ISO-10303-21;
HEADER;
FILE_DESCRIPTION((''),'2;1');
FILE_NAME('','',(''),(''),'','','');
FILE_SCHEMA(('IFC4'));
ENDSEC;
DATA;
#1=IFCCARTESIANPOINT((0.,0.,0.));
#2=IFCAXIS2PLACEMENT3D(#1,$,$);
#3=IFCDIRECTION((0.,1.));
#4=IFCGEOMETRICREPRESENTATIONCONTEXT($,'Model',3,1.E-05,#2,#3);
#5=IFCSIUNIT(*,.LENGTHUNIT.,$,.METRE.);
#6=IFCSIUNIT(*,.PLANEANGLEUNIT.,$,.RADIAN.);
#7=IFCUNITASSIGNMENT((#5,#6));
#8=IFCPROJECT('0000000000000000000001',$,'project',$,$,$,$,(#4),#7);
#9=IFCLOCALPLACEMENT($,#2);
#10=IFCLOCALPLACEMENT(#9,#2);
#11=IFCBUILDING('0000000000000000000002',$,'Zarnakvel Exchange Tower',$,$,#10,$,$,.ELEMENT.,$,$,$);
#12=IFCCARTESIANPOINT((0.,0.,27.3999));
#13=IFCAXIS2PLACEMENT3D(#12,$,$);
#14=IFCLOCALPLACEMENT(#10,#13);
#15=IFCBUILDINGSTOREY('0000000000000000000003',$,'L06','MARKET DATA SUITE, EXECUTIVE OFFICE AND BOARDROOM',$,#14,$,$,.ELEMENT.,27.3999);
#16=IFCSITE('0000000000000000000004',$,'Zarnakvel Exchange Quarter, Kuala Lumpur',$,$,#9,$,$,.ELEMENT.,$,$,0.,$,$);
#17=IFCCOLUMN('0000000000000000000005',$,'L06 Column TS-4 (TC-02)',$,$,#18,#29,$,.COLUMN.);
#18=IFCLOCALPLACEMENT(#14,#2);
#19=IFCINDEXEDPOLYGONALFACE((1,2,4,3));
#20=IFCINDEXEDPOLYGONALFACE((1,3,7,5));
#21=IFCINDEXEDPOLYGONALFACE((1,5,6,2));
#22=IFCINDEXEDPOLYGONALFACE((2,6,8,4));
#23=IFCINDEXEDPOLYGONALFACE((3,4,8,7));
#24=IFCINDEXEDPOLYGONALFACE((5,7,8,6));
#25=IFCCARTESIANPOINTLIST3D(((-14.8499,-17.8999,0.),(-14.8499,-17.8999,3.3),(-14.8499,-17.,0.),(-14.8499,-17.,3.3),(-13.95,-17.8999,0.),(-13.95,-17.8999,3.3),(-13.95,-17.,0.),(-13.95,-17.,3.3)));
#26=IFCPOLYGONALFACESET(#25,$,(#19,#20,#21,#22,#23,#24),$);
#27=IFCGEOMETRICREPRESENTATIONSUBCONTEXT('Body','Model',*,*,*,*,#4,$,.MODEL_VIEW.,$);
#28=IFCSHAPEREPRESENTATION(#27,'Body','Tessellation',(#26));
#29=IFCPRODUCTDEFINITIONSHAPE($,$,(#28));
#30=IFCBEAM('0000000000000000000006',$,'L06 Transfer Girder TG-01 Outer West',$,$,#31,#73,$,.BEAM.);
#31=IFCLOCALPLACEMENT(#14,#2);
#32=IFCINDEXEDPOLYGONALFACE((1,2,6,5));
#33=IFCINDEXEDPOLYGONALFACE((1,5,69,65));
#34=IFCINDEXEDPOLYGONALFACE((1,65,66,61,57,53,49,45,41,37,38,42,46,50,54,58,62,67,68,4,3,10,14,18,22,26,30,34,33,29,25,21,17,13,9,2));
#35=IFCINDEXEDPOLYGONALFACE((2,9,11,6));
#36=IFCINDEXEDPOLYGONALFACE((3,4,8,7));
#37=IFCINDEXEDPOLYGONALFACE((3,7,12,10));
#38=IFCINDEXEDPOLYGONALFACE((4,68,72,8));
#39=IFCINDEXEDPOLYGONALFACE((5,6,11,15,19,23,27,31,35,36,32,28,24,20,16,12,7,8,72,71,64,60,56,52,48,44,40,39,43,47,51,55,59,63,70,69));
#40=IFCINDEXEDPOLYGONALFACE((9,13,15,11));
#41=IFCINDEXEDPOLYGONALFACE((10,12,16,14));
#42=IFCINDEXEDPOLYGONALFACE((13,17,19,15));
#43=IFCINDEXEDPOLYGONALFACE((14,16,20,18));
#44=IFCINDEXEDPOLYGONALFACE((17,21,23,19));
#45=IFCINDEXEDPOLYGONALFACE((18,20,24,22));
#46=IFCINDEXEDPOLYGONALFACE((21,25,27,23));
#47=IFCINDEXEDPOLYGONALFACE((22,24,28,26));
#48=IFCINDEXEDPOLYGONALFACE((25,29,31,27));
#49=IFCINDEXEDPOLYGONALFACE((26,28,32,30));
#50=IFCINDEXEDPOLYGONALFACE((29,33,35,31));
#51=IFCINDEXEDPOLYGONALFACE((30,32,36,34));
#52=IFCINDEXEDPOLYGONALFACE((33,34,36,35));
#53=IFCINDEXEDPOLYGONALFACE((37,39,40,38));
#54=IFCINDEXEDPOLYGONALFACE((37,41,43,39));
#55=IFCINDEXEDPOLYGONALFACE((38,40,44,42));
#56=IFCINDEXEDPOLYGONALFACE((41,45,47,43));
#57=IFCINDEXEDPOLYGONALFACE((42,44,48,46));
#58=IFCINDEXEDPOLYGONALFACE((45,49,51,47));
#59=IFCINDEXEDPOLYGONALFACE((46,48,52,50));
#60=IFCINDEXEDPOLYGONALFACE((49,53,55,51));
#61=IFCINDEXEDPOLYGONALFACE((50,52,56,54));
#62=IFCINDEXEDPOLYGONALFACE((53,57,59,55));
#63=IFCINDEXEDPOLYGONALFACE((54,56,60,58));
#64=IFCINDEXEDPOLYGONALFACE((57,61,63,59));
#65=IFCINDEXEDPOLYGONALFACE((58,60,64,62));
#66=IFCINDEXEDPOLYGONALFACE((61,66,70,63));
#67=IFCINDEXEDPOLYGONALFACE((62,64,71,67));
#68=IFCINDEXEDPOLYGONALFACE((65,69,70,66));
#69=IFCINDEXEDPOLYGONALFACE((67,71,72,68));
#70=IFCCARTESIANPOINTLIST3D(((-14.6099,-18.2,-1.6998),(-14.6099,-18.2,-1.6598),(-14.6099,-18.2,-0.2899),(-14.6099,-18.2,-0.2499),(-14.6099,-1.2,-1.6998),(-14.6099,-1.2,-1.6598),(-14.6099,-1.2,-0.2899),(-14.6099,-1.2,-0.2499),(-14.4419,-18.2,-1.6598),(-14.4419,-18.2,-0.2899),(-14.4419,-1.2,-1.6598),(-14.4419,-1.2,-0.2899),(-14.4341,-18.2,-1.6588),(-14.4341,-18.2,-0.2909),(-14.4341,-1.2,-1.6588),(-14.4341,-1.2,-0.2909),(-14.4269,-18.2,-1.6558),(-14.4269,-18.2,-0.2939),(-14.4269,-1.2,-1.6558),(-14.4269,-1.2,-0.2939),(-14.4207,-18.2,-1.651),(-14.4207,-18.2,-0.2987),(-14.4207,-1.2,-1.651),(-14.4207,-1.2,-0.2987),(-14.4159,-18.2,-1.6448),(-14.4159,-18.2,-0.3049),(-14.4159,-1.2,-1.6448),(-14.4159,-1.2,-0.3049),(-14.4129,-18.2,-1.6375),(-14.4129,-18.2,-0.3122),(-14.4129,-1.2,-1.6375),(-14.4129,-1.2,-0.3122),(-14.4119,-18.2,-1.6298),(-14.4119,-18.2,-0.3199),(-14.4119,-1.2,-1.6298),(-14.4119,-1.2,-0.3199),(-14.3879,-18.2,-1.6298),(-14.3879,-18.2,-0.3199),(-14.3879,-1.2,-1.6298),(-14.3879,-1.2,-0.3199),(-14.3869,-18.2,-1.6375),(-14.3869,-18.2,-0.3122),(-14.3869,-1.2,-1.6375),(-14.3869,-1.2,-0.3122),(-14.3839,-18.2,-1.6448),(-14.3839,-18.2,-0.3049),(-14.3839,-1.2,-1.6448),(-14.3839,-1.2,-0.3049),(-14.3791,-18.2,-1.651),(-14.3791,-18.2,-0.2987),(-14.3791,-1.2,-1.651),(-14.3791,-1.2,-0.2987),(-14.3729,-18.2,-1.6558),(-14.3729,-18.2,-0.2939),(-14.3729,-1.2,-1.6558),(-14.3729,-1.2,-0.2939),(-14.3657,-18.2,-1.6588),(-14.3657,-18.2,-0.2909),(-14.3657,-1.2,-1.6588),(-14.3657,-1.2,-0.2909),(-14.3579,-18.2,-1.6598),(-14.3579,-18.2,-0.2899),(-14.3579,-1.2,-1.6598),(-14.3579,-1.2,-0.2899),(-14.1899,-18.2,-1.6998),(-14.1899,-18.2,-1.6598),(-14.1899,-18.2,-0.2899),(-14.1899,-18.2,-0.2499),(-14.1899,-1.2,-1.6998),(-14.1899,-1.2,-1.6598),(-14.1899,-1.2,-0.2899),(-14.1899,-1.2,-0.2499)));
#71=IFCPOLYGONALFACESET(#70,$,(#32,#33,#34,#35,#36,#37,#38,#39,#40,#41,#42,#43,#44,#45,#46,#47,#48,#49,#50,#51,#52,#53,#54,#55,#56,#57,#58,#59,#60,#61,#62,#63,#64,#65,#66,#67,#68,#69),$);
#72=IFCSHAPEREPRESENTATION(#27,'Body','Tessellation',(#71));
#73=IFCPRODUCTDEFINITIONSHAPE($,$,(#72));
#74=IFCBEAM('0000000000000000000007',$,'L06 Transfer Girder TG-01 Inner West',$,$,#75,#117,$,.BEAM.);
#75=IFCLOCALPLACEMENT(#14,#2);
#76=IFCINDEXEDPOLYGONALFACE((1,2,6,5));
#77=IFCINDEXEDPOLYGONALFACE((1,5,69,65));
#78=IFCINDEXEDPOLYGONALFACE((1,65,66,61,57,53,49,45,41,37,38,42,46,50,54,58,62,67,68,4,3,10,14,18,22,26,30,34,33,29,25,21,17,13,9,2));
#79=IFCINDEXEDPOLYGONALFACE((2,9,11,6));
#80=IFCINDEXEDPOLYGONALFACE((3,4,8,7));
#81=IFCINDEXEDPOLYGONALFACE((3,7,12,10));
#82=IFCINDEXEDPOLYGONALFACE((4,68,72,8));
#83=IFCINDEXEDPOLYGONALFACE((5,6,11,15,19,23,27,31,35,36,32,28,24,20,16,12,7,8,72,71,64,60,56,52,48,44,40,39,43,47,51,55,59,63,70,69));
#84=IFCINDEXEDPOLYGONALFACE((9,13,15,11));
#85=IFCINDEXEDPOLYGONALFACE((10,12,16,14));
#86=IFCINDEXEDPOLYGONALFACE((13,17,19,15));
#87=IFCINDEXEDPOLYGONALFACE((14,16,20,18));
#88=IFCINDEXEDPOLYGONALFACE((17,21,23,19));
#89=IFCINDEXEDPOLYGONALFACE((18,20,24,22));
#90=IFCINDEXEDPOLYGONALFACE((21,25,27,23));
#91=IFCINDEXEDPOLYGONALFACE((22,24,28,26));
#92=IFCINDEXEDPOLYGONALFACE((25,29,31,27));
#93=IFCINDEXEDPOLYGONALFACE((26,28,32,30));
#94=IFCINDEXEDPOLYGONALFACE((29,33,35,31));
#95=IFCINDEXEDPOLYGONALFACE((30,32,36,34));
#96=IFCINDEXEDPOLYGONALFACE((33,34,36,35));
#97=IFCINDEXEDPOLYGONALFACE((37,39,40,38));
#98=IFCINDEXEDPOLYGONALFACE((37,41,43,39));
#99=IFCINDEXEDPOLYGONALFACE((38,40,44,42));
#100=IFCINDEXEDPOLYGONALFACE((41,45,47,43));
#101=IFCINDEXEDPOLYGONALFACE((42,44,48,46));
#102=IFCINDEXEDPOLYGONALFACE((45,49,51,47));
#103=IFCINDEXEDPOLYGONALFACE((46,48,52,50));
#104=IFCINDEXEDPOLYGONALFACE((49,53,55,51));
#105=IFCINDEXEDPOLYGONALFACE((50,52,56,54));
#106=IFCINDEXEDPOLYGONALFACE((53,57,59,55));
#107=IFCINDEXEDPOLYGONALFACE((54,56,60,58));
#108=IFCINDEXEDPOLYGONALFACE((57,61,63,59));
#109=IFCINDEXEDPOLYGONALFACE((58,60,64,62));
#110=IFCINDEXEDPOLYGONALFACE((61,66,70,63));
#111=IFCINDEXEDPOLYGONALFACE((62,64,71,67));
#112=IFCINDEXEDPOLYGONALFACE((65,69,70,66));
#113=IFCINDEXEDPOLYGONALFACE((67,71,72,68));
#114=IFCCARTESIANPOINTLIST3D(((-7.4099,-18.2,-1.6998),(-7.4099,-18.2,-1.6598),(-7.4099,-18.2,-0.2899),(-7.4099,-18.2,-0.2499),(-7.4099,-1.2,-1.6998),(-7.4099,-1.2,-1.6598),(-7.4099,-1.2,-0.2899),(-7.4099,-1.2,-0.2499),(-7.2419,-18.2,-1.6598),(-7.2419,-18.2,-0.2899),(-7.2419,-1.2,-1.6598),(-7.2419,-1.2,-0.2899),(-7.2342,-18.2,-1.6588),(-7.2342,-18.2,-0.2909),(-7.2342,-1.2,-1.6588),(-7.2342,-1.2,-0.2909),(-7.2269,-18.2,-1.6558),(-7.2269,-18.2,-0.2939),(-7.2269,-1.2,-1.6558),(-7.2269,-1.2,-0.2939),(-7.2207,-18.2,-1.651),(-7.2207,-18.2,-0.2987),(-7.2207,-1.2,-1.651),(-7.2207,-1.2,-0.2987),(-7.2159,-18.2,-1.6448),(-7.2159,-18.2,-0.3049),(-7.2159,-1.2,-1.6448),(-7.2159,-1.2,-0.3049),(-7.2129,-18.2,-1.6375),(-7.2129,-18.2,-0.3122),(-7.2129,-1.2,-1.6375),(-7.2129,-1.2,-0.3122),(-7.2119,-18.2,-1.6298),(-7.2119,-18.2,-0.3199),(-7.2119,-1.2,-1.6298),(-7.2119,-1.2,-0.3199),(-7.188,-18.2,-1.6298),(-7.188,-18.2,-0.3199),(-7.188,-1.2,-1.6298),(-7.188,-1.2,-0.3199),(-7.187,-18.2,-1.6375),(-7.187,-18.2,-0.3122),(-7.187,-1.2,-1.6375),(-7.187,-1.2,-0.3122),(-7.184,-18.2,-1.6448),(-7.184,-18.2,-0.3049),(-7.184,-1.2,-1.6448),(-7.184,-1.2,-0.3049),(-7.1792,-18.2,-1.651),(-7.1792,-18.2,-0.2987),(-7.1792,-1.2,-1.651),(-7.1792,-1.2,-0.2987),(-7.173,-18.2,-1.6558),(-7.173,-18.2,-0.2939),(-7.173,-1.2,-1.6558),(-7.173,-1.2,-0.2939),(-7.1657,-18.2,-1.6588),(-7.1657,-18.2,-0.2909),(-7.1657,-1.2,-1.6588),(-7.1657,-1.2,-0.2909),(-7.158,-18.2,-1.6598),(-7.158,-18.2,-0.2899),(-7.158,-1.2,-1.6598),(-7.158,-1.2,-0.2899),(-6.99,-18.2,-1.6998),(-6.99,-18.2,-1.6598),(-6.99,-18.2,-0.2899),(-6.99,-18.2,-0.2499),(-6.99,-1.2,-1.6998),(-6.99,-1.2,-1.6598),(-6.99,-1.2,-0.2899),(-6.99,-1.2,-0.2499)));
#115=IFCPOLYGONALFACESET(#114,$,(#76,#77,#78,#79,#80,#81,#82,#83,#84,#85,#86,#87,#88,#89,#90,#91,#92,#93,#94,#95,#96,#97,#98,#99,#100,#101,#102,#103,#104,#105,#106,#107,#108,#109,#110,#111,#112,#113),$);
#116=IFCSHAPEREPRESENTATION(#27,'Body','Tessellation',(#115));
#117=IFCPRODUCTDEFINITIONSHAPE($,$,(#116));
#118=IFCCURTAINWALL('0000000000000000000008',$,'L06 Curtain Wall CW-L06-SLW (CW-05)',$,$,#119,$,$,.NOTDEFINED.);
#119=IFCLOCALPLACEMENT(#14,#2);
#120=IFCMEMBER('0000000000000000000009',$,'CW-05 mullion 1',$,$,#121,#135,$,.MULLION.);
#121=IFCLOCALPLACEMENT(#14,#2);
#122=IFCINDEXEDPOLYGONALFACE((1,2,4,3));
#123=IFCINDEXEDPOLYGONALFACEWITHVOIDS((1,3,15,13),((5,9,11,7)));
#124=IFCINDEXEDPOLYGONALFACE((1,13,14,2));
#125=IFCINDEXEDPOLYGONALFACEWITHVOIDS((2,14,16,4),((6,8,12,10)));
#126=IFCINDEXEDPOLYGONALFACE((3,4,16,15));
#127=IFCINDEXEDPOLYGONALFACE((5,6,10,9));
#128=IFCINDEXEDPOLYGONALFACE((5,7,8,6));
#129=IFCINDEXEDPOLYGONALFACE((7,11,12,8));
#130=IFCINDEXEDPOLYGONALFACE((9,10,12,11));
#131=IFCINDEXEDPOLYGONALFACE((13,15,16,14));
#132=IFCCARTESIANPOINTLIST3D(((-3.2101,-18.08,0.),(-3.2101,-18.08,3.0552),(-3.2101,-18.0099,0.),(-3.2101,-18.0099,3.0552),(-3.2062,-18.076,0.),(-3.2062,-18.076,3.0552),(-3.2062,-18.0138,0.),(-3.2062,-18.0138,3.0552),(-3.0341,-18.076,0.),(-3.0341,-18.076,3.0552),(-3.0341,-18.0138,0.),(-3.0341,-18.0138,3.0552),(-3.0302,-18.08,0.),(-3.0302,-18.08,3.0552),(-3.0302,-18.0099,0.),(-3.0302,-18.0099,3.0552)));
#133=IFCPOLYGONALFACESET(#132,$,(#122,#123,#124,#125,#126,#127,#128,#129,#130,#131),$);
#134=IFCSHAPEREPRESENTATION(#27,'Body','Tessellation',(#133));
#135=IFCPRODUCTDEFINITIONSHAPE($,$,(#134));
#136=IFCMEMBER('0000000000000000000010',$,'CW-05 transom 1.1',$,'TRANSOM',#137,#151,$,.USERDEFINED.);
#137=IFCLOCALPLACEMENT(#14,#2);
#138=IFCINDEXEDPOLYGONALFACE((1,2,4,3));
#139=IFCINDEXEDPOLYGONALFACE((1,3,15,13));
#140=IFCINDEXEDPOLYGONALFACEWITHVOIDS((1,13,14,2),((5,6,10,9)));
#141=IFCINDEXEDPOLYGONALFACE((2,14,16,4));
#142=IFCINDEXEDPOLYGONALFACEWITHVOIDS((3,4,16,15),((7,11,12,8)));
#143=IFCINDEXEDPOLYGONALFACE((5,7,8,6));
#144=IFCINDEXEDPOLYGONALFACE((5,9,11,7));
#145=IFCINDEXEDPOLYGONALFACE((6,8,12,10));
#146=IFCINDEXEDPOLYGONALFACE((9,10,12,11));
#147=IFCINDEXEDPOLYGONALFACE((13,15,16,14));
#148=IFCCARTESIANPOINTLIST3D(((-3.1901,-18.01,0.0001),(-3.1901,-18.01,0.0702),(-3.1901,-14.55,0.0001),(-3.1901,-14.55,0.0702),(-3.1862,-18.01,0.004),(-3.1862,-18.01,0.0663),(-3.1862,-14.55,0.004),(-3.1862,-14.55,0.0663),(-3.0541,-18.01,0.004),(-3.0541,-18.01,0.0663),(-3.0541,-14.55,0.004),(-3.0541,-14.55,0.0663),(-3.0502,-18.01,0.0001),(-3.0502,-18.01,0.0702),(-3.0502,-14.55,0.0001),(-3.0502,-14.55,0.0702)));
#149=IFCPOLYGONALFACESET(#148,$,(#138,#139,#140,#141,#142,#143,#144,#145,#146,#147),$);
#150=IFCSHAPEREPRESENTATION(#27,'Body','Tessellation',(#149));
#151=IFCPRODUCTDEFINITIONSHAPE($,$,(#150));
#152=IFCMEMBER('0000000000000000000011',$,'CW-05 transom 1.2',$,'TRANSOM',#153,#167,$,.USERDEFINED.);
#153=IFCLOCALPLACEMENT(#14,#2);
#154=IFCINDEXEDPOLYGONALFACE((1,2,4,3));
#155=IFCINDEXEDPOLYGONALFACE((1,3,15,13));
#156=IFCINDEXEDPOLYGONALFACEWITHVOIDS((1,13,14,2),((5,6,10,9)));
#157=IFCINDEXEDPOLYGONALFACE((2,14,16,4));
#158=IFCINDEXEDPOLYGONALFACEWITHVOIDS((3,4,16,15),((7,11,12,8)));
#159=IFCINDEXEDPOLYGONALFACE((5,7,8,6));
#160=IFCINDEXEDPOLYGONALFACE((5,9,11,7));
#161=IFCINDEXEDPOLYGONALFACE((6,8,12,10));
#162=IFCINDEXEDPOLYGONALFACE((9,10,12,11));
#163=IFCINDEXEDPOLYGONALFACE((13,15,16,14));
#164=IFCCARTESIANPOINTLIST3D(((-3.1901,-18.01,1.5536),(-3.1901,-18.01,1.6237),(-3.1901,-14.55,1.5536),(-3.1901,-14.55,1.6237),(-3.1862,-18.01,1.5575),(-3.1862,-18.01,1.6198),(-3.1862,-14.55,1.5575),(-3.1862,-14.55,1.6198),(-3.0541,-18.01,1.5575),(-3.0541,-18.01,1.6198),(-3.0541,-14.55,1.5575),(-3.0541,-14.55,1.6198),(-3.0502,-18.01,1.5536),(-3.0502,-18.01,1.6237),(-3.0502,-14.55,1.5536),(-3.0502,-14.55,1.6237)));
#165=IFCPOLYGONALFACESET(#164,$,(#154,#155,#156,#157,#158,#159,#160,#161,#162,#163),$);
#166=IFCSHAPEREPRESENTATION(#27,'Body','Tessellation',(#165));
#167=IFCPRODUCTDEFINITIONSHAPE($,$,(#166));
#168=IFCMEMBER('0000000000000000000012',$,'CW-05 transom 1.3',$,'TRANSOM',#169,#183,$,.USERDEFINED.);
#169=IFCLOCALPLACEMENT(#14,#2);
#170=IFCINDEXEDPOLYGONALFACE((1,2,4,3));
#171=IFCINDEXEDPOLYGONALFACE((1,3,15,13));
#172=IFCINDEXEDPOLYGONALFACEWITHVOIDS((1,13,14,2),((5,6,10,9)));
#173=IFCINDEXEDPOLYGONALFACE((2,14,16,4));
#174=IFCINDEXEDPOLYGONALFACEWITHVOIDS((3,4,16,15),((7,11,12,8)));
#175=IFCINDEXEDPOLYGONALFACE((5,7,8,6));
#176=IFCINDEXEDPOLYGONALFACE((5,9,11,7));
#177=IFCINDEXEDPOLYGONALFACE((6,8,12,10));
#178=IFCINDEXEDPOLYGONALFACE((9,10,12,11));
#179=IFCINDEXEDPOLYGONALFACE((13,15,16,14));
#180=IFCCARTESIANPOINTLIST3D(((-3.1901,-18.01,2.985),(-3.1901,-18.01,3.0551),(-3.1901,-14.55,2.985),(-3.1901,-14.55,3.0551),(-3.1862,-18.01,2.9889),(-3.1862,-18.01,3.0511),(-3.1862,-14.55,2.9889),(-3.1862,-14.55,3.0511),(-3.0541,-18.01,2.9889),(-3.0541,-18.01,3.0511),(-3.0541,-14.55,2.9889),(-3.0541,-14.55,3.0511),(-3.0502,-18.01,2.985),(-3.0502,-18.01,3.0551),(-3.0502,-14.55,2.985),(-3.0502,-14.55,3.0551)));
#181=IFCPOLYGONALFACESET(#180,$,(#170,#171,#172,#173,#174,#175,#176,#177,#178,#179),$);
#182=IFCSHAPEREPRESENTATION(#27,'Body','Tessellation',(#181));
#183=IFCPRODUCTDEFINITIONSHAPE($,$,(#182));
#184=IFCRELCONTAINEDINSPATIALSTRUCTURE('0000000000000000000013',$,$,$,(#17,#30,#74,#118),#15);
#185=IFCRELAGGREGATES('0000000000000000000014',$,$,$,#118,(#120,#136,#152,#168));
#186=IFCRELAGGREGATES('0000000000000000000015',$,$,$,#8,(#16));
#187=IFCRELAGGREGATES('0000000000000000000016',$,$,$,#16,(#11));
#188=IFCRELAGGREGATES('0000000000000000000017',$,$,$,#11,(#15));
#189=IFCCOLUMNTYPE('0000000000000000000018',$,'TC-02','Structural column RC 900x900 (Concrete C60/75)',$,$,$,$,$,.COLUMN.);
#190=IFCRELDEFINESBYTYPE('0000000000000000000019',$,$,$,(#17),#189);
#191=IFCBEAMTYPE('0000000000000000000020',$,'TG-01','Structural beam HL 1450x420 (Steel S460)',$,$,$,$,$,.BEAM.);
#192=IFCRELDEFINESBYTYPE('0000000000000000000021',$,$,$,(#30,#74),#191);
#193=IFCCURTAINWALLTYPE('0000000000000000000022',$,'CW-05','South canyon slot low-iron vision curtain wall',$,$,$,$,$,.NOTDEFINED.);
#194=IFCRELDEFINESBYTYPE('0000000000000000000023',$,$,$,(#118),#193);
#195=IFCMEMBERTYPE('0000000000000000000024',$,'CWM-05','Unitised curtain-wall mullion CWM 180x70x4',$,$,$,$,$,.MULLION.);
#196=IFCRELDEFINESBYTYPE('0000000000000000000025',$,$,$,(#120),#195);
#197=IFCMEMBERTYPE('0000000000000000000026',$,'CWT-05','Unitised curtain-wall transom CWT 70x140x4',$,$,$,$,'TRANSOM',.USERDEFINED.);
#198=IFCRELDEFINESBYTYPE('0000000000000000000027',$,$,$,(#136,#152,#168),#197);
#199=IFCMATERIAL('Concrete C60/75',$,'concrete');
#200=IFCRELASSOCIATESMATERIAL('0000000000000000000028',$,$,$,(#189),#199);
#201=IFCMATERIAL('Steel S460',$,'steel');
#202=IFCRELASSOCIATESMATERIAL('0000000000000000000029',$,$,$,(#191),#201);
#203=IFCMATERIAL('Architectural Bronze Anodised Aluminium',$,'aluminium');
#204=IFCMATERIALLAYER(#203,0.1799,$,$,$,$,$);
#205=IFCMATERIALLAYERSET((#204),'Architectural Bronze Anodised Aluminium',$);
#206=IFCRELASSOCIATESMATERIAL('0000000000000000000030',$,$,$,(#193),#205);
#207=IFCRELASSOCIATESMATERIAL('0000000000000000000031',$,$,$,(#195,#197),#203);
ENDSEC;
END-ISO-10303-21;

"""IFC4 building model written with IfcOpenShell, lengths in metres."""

from ifc_helpers import new_model, si_unit, direction, frame, origin, origin_2d, place, context, subcontext, project, spatial, rectangle, hollow_rectangle, i_section, extrude, source, transform, mapped, material, layer, layer_set, material_profile, profile_set, type_object, element, aggregate, save


model = new_model("IFC4")

# Units and contexts
model_context = context("Model", 3, precision=1e-05, world=origin(), true_north=direction((0.0, 1.0)))
body_context = subcontext(model_context, "Body", "Model", "MODEL_VIEW")
ifc_project = project(units=[si_unit("LENGTHUNIT", "METRE"), si_unit("PLANEANGLEUNIT", "RADIAN")], contexts=[model_context])

# Site, building, storey
site_placement = place(None, origin())
site = spatial("IfcSite", under=ifc_project, at=site_placement, Name="Zarnakvel Exchange Quarter, Kuala Lumpur", CompositionType="ELEMENT", RefElevation=0.0)
building_placement = place(site_placement, origin())
building = spatial("IfcBuilding", under=site, at=building_placement, Name="Zarnakvel Exchange Tower", CompositionType="ELEMENT")
storey_placement = place(building_placement, frame((0.0, 0.0, 27.3999)))
storey = spatial("IfcBuildingStorey", under=building, at=storey_placement, Name="L06", Description="MARKET DATA SUITE, EXECUTIVE OFFICE AND BOARDROOM", CompositionType="ELEMENT", Elevation=27.3999)

# Column
ifc_material_1 = material(Name="Concrete C60/75", Category="concrete")
ifc_material_profile_1 = material_profile(ifc_material_1, rectangle(XDim=0.8999, YDim=0.8999, at=origin_2d()))
ifc_profile_set_1 = profile_set([ifc_material_profile_1], Name="Concrete C60/75")
column_type = type_object("IfcColumnType", Name="TC-02", Description="Structural column RC 900x900 (Concrete C60/75)", PredefinedType="COLUMN", material=ifc_profile_set_1)
column_placement = place(storey_placement, frame((-14.3999, -17.45, 0.0), z_axis=(0.0, 0.0, 1.0), x_axis=(1.0, 0.0, 0.0)))
element("IfcColumn", 1, at=column_placement, inside=storey, type_object=column_type, Name="L06 Column TS-4 (TC-02)", PredefinedType="COLUMN", context=body_context, shape_type="SweptSolid", body=[
    extrude(rectangle(XDim=0.8999, YDim=0.8999, at=origin_2d()), origin(), (0.0, 0.0, 1.0), 3.3),
])

# Beams
ifc_material_2 = material(Name="Steel S460", Category="steel")
ifc_material_profile_2 = material_profile(ifc_material_2, i_section(OverallWidth=0.4199, OverallDepth=1.45, WebThickness=0.0239, FlangeThickness=0.04, FilletRadius=0.03, at=origin_2d()))
ifc_profile_set_2 = profile_set([ifc_material_profile_2], Name="Steel S460")
beam_type = type_object("IfcBeamType", Name="TG-01", Description="Structural beam HL 1450x420 (Steel S460)", PredefinedType="BEAM", material=ifc_profile_set_2)
for number, where, z_axis, x_axis, name in (
    (2, (-14.3999, -18.2, -0.9749), (0.0, 1.0, 0.0), (-1.0, 0.0, 0.0), "L06 Transfer Girder TG-01 Outer West"),
    (3, (-7.2, -18.2, -0.9749), (0.0, 1.0, 0.0), (-1.0, 0.0, 0.0), "L06 Transfer Girder TG-01 Inner West"),
):
    element("IfcBeam", number, at=place(storey_placement, frame(where, z_axis=z_axis, x_axis=x_axis)), inside=storey, type_object=beam_type, Name=name, PredefinedType="BEAM", context=body_context, shape_type="SweptSolid", body=[
        extrude(i_section(OverallWidth=0.4199, OverallDepth=1.45, WebThickness=0.0239, FlangeThickness=0.04, FilletRadius=0.03, at=origin_2d()), origin(), (0.0, 0.0, 1.0), 17.0),
    ])

# Curtain wall, members
ifc_material_3 = material(Name="Architectural Bronze Anodised Aluminium", Category="aluminium")
ifc_layer_1 = layer(ifc_material_3, 0.1799)
ifc_layer_set_1 = layer_set([ifc_layer_1], Name="Architectural Bronze Anodised Aluminium")
curtain_wall_type_1 = type_object("IfcCurtainWallType", Name="CW-05", Description="South canyon slot low-iron vision curtain wall", PredefinedType="NOTDEFINED", material=ifc_layer_set_1)
curtain_wall_1_placement = place(storey_placement, origin())
curtain_wall_1 = element("IfcCurtainWall", 4, at=curtain_wall_1_placement, inside=storey, type_object=curtain_wall_type_1, Name="L06 Curtain Wall CW-L06-SLW (CW-05)", PredefinedType="NOTDEFINED")
ifc_material_profile_3 = material_profile(ifc_material_3, hollow_rectangle(XDim=0.1799, YDim=0.0701, WallThickness=0.0039, at=origin_2d()))
ifc_profile_set_3 = profile_set([ifc_material_profile_3], Name="Architectural Bronze Anodised Aluminium")
member_type_1 = type_object("IfcMemberType", Name="CWM-05", Description="Unitised curtain-wall mullion CWM 180x70x4", PredefinedType="MULLION", material=ifc_profile_set_3)
shared_shape_1 = source(origin(), body_context, "Body", "SweptSolid", [
    extrude(hollow_rectangle(XDim=0.1799, YDim=0.0701, WallThickness=0.0039, at=origin_2d()), origin(), (0.0, 0.0, 1.0), 3.0552),
])
member_1_placement = place(storey_placement, frame((-3.1201, -18.0449, 0.0), z_axis=(0.0, 0.0, 1.0), x_axis=(-1.0, 0.0, 0.0)))
member_1 = element("IfcMember", 5, at=member_1_placement, type_object=member_type_1, Name="CW-05 mullion 1", PredefinedType="MULLION", context=body_context, shape_type="MappedRepresentation", body=[
    mapped(shared_shape_1, transform((0.0, 0.0, 0.0), x_axis=(1.0, 0.0, 0.0), y_axis=(0.0, 1.0, 0.0), z_axis=(0.0, 0.0, 1.0), scale=1.0)),
])
ifc_material_profile_4 = material_profile(ifc_material_3, hollow_rectangle(XDim=0.1399, YDim=0.0701, WallThickness=0.0039, at=origin_2d()))
ifc_profile_set_4 = profile_set([ifc_material_profile_4], Name="Architectural Bronze Anodised Aluminium")
member_type_2 = type_object("IfcMemberType", Name="CWT-05", Description="Unitised curtain-wall transom CWT 70x140x4", ElementType="TRANSOM", PredefinedType="USERDEFINED", material=ifc_profile_set_4)
shared_shape_2 = source(origin(), body_context, "Body", "SweptSolid", [
    extrude(hollow_rectangle(XDim=0.1399, YDim=0.0701, WallThickness=0.0039, at=origin_2d()), origin(), (0.0, 0.0, 1.0), 3.46),
])
member_2_placement = place(storey_placement, frame((-3.1201, -18.01, 0.0352), z_axis=(0.0, 1.0, 0.0), x_axis=(-1.0, 0.0, 0.0)))
member_2 = element("IfcMember", 6, at=member_2_placement, type_object=member_type_2, Name="CW-05 transom 1.1", ObjectType="TRANSOM", PredefinedType="USERDEFINED", context=body_context, shape_type="MappedRepresentation", body=[
    mapped(shared_shape_2, transform((0.0, 0.0, 0.0), x_axis=(1.0, 0.0, 0.0), y_axis=(0.0, 1.0, 0.0), z_axis=(0.0, 0.0, 1.0), scale=1.0)),
])
member_3_placement = place(storey_placement, frame((-3.1201, -18.01, 1.5886), z_axis=(0.0, 1.0, 0.0), x_axis=(-1.0, 0.0, 0.0)))
member_3 = element("IfcMember", 7, at=member_3_placement, type_object=member_type_2, Name="CW-05 transom 1.2", ObjectType="TRANSOM", PredefinedType="USERDEFINED", context=body_context, shape_type="MappedRepresentation", body=[
    mapped(shared_shape_2, transform((0.0, 0.0, 0.0), x_axis=(1.0, 0.0, 0.0), y_axis=(0.0, 1.0, 0.0), z_axis=(0.0, 0.0, 1.0), scale=1.0)),
])
member_4_placement = place(storey_placement, frame((-3.1201, -18.01, 3.02), z_axis=(0.0, 1.0, 0.0), x_axis=(-1.0, 0.0, 0.0)))
member_4 = element("IfcMember", 8, at=member_4_placement, type_object=member_type_2, Name="CW-05 transom 1.3", ObjectType="TRANSOM", PredefinedType="USERDEFINED", context=body_context, shape_type="MappedRepresentation", body=[
    mapped(shared_shape_2, transform((0.0, 0.0, 0.0), x_axis=(1.0, 0.0, 0.0), y_axis=(0.0, 1.0, 0.0), z_axis=(0.0, 0.0, 1.0), scale=1.0)),
])
aggregate(curtain_wall_1, [member_1, member_2, member_3, member_4])

save(model, "model.ifc")
